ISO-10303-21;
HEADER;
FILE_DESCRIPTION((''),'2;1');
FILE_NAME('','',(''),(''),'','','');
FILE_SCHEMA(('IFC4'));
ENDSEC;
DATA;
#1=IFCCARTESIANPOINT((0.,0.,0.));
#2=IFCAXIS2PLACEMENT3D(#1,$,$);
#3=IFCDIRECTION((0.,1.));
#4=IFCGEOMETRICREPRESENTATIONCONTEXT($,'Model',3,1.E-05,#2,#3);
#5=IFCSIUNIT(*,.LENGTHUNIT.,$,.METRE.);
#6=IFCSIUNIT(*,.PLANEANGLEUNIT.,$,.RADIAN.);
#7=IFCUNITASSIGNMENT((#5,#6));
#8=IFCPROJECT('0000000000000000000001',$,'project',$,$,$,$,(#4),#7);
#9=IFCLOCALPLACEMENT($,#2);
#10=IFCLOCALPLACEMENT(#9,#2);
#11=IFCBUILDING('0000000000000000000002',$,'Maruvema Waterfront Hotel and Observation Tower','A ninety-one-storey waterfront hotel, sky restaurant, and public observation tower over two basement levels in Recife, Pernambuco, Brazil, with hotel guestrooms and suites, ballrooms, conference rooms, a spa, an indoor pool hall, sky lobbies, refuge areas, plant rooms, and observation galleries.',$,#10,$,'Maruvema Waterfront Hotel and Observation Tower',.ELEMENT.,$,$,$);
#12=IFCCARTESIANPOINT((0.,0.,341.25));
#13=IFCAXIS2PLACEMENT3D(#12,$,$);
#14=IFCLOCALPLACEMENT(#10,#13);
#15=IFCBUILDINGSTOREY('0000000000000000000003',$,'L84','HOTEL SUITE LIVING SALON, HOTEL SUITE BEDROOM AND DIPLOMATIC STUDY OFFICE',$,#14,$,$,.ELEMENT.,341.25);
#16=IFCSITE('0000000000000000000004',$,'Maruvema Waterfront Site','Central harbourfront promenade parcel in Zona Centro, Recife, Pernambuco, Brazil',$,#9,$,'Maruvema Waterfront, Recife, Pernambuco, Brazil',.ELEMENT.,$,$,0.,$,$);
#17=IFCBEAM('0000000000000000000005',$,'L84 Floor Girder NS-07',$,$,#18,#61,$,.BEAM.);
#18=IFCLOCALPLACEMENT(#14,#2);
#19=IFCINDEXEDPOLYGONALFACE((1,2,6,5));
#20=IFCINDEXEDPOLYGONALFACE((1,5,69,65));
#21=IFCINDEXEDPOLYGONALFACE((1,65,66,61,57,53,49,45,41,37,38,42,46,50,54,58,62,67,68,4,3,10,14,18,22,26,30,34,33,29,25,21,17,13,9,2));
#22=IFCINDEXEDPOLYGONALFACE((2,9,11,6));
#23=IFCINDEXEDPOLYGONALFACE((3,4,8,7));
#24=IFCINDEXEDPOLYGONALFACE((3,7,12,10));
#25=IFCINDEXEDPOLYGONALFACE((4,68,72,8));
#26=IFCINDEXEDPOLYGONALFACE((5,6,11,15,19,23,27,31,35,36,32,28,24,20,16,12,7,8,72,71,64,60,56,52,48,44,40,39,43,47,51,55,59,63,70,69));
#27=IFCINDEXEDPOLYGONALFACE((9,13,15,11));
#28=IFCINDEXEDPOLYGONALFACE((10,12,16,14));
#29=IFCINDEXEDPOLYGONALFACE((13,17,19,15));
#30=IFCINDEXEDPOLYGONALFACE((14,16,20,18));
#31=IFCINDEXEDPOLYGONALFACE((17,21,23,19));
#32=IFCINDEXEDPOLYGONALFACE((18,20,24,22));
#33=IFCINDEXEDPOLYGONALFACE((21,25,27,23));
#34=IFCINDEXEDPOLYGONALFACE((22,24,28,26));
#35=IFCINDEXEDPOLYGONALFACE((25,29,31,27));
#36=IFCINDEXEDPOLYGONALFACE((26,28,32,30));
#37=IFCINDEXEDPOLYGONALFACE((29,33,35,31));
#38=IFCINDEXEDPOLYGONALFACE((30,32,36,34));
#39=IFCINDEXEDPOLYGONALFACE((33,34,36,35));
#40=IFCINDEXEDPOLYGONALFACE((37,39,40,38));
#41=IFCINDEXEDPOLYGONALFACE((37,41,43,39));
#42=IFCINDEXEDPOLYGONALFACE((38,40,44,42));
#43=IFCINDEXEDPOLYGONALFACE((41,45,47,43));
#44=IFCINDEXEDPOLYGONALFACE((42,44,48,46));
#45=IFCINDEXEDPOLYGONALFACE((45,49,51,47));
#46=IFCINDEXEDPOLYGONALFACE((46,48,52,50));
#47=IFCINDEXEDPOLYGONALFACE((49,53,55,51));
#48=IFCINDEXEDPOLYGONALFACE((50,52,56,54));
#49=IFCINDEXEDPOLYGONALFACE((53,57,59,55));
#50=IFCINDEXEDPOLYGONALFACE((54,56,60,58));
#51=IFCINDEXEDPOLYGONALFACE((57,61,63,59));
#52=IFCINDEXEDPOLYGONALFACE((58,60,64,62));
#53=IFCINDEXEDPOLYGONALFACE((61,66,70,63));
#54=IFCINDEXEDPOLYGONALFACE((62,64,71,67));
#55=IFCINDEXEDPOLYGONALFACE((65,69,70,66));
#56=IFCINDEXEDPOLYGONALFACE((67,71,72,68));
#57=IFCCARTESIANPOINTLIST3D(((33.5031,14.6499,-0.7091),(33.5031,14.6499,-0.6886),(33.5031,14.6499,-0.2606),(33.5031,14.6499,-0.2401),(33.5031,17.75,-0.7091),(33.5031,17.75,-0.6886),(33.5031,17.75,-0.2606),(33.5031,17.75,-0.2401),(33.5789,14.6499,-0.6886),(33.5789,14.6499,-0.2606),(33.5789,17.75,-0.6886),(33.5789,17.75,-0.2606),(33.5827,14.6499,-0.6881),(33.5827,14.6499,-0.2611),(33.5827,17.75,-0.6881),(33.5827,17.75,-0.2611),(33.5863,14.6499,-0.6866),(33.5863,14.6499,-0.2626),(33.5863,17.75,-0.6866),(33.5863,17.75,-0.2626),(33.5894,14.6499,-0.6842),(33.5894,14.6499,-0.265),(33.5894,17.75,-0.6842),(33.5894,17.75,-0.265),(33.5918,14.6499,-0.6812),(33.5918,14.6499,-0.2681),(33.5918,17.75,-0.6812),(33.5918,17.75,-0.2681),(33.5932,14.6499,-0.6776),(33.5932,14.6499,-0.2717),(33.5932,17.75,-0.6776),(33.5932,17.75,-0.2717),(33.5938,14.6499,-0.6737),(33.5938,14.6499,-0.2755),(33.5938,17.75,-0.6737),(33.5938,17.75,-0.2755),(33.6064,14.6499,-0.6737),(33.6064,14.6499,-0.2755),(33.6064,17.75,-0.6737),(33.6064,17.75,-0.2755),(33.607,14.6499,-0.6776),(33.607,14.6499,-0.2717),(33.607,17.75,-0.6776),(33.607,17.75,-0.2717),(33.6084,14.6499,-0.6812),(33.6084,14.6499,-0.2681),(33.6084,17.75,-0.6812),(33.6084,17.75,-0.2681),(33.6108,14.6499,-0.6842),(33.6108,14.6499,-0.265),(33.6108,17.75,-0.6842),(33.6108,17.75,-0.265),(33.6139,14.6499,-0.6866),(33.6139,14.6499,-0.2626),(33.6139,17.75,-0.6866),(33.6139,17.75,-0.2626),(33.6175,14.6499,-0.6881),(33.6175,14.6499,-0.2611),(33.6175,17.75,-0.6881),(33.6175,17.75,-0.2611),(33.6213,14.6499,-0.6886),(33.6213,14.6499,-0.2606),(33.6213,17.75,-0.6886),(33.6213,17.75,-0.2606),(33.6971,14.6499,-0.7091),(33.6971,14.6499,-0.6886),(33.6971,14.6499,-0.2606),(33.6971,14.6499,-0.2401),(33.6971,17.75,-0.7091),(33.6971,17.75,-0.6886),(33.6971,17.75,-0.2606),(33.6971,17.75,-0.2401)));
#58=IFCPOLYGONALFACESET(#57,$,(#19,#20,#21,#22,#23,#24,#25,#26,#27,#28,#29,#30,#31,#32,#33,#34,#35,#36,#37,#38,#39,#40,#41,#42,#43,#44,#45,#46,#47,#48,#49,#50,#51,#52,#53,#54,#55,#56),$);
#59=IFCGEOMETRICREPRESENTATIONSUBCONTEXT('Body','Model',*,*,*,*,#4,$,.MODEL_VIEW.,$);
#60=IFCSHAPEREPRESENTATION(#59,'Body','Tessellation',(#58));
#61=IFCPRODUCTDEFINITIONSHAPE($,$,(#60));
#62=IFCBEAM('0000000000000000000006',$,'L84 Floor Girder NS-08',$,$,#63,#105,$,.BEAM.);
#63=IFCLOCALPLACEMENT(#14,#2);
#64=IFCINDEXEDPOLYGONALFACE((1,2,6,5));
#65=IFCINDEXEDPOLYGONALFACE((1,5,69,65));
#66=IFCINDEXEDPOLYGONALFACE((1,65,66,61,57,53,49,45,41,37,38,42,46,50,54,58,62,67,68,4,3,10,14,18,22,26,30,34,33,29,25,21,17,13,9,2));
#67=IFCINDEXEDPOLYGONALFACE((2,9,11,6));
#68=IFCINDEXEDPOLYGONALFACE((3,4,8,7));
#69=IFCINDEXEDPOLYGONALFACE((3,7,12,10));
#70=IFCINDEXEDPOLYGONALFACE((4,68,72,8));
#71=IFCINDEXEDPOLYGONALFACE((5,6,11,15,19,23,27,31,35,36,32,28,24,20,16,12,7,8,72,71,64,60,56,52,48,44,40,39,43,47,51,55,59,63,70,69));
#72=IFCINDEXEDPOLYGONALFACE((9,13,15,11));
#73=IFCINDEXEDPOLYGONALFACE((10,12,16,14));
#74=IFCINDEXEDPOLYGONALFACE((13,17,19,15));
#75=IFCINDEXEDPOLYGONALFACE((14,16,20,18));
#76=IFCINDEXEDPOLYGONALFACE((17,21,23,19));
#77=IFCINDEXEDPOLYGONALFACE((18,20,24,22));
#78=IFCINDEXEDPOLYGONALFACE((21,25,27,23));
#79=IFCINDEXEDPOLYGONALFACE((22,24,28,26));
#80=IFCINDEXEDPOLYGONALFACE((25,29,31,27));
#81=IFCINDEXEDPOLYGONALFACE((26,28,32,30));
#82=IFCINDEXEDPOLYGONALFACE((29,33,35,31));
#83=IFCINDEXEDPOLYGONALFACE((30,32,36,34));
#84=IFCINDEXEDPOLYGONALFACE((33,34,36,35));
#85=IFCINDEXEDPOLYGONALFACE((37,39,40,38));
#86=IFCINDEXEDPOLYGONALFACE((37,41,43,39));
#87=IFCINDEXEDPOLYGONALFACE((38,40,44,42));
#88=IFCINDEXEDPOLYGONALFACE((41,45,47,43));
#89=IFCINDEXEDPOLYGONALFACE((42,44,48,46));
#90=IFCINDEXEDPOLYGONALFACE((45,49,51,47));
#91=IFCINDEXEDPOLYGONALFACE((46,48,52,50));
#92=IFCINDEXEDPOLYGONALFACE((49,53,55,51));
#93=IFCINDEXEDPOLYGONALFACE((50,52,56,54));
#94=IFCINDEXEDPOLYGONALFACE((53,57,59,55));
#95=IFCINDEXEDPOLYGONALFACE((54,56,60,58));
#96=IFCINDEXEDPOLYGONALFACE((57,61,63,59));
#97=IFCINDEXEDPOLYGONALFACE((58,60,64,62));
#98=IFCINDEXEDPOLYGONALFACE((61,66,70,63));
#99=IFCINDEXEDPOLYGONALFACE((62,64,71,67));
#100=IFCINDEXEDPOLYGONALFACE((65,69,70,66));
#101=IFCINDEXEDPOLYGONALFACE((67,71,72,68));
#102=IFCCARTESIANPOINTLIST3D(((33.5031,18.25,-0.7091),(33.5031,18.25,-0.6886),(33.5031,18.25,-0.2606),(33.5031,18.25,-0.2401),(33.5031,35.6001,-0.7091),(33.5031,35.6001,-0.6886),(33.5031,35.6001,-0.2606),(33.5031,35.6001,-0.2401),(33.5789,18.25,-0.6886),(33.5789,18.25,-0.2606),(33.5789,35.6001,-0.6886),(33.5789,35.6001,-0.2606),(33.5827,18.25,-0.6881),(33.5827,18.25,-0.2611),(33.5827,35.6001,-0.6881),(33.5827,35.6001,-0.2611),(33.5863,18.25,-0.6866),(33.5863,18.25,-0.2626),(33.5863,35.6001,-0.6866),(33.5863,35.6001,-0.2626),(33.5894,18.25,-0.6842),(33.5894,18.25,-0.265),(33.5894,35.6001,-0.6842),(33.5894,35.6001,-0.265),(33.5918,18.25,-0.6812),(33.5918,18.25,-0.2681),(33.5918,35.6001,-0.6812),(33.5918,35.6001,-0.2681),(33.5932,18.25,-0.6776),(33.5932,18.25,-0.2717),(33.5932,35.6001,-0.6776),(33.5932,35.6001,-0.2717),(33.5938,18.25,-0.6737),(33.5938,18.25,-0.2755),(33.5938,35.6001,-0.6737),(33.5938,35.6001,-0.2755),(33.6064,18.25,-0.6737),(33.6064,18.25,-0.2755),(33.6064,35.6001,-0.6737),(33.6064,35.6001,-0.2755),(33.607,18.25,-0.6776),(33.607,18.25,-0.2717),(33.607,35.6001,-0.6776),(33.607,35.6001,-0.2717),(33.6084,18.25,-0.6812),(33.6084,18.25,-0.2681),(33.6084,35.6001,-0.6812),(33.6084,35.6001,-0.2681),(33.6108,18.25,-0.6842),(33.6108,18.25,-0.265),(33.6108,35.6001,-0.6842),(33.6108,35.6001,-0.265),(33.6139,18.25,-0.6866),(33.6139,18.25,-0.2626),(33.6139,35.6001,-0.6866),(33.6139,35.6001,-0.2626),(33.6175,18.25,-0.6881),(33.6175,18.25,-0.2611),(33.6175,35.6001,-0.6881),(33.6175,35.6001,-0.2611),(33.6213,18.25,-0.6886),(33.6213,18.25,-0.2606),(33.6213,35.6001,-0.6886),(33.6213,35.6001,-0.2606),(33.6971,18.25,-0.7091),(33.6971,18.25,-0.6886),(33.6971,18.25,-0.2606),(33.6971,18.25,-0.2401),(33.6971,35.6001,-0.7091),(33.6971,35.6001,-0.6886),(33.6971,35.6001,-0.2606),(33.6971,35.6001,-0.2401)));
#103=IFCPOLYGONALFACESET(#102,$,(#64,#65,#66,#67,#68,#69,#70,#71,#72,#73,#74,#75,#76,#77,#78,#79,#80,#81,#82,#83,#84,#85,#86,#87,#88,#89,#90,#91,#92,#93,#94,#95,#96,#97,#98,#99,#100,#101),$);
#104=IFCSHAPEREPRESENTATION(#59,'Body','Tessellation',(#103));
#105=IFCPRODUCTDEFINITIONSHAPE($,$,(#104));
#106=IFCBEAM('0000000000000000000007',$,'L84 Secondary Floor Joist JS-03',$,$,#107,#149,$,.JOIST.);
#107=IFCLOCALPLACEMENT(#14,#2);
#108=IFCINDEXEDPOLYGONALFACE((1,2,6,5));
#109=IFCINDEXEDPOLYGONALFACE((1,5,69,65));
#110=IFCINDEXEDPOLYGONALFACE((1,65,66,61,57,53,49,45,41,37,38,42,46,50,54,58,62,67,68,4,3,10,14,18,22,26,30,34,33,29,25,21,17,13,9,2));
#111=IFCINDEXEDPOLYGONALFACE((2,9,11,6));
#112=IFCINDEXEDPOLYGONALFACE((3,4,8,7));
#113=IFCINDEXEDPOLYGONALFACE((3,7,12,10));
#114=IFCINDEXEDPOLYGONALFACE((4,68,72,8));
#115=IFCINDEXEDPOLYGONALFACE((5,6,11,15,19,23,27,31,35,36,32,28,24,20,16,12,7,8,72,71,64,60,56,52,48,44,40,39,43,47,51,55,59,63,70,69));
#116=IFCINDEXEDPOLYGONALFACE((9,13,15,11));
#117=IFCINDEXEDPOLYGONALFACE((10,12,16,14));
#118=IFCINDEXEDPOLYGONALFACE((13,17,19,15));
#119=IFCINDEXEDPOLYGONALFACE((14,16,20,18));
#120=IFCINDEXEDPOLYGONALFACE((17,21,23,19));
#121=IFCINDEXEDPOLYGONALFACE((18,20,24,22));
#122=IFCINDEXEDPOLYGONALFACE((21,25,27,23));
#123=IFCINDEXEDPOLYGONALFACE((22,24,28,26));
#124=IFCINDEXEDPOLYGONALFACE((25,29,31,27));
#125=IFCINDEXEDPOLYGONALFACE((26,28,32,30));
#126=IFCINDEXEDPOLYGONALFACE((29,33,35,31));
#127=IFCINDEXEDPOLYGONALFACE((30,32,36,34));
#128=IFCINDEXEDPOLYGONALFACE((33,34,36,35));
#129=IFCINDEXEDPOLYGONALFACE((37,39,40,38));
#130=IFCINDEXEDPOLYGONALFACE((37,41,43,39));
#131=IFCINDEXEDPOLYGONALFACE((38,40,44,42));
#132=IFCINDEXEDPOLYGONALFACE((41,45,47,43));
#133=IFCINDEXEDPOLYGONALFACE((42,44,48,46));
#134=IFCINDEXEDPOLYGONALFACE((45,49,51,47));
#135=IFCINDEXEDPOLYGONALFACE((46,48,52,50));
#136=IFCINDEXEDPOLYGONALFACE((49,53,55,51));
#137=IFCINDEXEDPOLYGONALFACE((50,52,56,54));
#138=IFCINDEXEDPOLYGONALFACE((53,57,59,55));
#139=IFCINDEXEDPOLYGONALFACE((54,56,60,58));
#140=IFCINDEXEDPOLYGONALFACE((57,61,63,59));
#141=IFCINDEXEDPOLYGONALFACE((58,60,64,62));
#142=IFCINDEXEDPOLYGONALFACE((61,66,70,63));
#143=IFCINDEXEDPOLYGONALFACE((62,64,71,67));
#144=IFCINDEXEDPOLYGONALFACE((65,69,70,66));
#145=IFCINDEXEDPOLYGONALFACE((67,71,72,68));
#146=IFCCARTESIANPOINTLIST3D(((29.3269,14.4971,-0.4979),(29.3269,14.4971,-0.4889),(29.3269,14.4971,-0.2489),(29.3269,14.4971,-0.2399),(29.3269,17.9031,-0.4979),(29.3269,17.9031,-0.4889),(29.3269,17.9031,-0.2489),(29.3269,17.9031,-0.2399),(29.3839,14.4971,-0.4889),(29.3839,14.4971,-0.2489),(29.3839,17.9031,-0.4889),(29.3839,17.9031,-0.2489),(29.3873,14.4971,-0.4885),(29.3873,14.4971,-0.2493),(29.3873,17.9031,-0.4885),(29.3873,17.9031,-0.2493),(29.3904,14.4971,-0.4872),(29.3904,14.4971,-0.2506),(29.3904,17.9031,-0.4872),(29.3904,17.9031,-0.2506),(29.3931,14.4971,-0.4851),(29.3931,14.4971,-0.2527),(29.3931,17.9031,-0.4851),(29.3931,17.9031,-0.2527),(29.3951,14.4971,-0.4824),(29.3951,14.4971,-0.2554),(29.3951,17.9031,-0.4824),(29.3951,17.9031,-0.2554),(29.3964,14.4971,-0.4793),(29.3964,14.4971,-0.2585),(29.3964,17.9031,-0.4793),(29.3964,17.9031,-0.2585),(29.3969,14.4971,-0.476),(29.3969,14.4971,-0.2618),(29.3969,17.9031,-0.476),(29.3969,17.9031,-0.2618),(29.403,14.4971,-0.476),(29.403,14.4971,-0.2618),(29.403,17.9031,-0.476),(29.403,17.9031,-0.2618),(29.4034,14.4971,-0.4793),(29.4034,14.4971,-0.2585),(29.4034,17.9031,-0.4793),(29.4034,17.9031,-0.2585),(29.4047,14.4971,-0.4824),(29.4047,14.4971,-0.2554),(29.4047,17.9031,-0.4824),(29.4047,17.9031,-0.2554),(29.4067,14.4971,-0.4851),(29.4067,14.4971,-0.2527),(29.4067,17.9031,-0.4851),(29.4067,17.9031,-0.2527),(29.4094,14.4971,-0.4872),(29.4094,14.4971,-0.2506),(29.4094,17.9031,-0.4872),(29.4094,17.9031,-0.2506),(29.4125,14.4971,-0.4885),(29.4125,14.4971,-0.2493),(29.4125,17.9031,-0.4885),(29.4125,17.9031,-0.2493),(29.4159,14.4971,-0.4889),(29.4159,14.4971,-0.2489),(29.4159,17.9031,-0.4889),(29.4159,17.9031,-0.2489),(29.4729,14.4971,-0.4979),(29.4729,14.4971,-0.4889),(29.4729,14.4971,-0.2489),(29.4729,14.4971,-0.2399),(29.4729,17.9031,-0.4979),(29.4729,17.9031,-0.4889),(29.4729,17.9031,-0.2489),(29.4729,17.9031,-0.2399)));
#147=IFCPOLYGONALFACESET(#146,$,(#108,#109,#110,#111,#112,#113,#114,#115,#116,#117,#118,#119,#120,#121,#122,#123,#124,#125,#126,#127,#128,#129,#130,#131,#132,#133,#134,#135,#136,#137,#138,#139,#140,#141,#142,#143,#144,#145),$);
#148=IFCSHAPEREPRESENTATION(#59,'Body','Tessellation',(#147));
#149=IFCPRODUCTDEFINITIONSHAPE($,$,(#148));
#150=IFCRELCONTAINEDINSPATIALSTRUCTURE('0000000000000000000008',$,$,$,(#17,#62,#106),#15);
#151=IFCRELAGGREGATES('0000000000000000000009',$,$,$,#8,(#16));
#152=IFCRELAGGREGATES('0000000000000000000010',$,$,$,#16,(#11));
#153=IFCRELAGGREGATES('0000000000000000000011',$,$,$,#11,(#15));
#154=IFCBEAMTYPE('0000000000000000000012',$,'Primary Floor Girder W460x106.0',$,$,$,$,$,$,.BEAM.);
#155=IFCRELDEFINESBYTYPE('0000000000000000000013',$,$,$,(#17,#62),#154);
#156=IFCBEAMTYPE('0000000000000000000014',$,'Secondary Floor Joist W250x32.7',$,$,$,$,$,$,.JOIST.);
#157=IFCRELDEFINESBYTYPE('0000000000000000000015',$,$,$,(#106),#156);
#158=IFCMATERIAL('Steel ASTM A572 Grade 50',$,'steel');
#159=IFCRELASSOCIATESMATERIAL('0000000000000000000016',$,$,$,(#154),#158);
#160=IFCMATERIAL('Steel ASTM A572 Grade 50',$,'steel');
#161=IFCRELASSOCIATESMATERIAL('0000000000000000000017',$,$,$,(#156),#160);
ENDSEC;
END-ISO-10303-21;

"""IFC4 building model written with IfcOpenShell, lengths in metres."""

from ifc_helpers import new_model, si_unit, direction, frame, origin, origin_2d, place, context, subcontext, project, spatial, i_section, extrude, material, material_profile, profile_set, type_object, element, save


model = new_model("IFC4")

# Units and contexts
model_context = context("Model", 3, precision=1e-05, world=origin(), true_north=direction((0.0, 1.0)))
body_context = subcontext(model_context, "Body", "Model", "MODEL_VIEW")
ifc_project = project(units=[si_unit("LENGTHUNIT", "METRE"), si_unit("PLANEANGLEUNIT", "RADIAN")], contexts=[model_context])

# Site, building, storey
site_placement = place(None, origin())
site = spatial("IfcSite", under=ifc_project, at=site_placement, Name="Maruvema Waterfront Site", Description="Central harbourfront promenade parcel in Zona Centro, Recife, Pernambuco, Brazil", LongName="Maruvema Waterfront, Recife, Pernambuco, Brazil", CompositionType="ELEMENT", RefElevation=0.0)
building_placement = place(site_placement, origin())
building = spatial("IfcBuilding", under=site, at=building_placement, Name="Maruvema Waterfront Hotel and Observation Tower", Description="A ninety-one-storey waterfront hotel, sky restaurant, and public observation tower over two basement levels in Recife, Pernambuco, Brazil, with hotel guestrooms and suites, ballrooms, conference rooms, a spa, an indoor pool hall, sky lobbies, refuge areas, plant rooms, and observation galleries.", LongName="Maruvema Waterfront Hotel and Observation Tower", CompositionType="ELEMENT")
storey_placement = place(building_placement, frame((0.0, 0.0, 341.25)))
storey = spatial("IfcBuildingStorey", under=building, at=storey_placement, Name="L84", Description="HOTEL SUITE LIVING SALON, HOTEL SUITE BEDROOM AND DIPLOMATIC STUDY OFFICE", CompositionType="ELEMENT", Elevation=341.25)

# Beams
ifc_material_1 = material(Name="Steel ASTM A572 Grade 50", Category="steel")
ifc_material_profile_1 = material_profile(ifc_material_1, i_section(OverallWidth=0.1941, OverallDepth=0.469, WebThickness=0.0127, FlangeThickness=0.0205, FilletRadius=0.0149, at=origin_2d()), Name="W460x106.0")
ifc_profile_set_1 = profile_set([ifc_material_profile_1], Name="Steel ASTM A572 Grade 50")
beam_type_1 = type_object("IfcBeamType", Name="Primary Floor Girder W460x106.0", PredefinedType="BEAM", material=ifc_profile_set_1)
beam_1_placement = place(storey_placement, frame((33.6001, 14.6499, -0.4746), z_axis=(0.0, 1.0, 0.0), x_axis=(-1.0, 0.0, 0.0)))
element("IfcBeam", 1, at=beam_1_placement, inside=storey, type_object=beam_type_1, Name="L84 Floor Girder NS-07", PredefinedType="BEAM", context=body_context, shape_type="SweptSolid", body=[
    extrude(i_section(OverallWidth=0.1941, OverallDepth=0.469, WebThickness=0.0127, FlangeThickness=0.0205, FilletRadius=0.0149, at=origin_2d()), origin(), (0.0, 0.0, 1.0), 3.1001),
])
beam_2_placement = place(storey_placement, frame((33.6001, 18.25, -0.4746), z_axis=(0.0, 1.0, 0.0), x_axis=(-1.0, 0.0, 0.0)))
element("IfcBeam", 2, at=beam_2_placement, inside=storey, type_object=beam_type_1, Name="L84 Floor Girder NS-08", PredefinedType="BEAM", context=body_context, shape_type="SweptSolid", body=[
    extrude(i_section(OverallWidth=0.1941, OverallDepth=0.469, WebThickness=0.0127, FlangeThickness=0.0205, FilletRadius=0.0149, at=origin_2d()), origin(), (0.0, 0.0, 1.0), 17.3501),
])
ifc_material_2 = material(Name="Steel ASTM A572 Grade 50", Category="steel")
ifc_material_profile_2 = material_profile(ifc_material_2, i_section(OverallWidth=0.146, OverallDepth=0.2581, WebThickness=0.0061, FlangeThickness=0.009, FilletRadius=0.0129, at=origin_2d()), Name="W250x32.7")
ifc_profile_set_2 = profile_set([ifc_material_profile_2], Name="Steel ASTM A572 Grade 50")
beam_type_2 = type_object("IfcBeamType", Name="Secondary Floor Joist W250x32.7", PredefinedType="JOIST", material=ifc_profile_set_2)
beam_3_placement = place(storey_placement, frame((29.3999, 14.4971, -0.3689), z_axis=(0.0, 1.0, 0.0), x_axis=(-1.0, 0.0, 0.0)))
element("IfcBeam", 3, at=beam_3_placement, inside=storey, type_object=beam_type_2, Name="L84 Secondary Floor Joist JS-03", PredefinedType="JOIST", context=body_context, shape_type="SweptSolid", body=[
    extrude(i_section(OverallWidth=0.146, OverallDepth=0.2581, WebThickness=0.0061, FlangeThickness=0.009, FilletRadius=0.0129, at=origin_2d()), origin(), (0.0, 0.0, 1.0), 3.406),
])

save(model, "model.ifc")
